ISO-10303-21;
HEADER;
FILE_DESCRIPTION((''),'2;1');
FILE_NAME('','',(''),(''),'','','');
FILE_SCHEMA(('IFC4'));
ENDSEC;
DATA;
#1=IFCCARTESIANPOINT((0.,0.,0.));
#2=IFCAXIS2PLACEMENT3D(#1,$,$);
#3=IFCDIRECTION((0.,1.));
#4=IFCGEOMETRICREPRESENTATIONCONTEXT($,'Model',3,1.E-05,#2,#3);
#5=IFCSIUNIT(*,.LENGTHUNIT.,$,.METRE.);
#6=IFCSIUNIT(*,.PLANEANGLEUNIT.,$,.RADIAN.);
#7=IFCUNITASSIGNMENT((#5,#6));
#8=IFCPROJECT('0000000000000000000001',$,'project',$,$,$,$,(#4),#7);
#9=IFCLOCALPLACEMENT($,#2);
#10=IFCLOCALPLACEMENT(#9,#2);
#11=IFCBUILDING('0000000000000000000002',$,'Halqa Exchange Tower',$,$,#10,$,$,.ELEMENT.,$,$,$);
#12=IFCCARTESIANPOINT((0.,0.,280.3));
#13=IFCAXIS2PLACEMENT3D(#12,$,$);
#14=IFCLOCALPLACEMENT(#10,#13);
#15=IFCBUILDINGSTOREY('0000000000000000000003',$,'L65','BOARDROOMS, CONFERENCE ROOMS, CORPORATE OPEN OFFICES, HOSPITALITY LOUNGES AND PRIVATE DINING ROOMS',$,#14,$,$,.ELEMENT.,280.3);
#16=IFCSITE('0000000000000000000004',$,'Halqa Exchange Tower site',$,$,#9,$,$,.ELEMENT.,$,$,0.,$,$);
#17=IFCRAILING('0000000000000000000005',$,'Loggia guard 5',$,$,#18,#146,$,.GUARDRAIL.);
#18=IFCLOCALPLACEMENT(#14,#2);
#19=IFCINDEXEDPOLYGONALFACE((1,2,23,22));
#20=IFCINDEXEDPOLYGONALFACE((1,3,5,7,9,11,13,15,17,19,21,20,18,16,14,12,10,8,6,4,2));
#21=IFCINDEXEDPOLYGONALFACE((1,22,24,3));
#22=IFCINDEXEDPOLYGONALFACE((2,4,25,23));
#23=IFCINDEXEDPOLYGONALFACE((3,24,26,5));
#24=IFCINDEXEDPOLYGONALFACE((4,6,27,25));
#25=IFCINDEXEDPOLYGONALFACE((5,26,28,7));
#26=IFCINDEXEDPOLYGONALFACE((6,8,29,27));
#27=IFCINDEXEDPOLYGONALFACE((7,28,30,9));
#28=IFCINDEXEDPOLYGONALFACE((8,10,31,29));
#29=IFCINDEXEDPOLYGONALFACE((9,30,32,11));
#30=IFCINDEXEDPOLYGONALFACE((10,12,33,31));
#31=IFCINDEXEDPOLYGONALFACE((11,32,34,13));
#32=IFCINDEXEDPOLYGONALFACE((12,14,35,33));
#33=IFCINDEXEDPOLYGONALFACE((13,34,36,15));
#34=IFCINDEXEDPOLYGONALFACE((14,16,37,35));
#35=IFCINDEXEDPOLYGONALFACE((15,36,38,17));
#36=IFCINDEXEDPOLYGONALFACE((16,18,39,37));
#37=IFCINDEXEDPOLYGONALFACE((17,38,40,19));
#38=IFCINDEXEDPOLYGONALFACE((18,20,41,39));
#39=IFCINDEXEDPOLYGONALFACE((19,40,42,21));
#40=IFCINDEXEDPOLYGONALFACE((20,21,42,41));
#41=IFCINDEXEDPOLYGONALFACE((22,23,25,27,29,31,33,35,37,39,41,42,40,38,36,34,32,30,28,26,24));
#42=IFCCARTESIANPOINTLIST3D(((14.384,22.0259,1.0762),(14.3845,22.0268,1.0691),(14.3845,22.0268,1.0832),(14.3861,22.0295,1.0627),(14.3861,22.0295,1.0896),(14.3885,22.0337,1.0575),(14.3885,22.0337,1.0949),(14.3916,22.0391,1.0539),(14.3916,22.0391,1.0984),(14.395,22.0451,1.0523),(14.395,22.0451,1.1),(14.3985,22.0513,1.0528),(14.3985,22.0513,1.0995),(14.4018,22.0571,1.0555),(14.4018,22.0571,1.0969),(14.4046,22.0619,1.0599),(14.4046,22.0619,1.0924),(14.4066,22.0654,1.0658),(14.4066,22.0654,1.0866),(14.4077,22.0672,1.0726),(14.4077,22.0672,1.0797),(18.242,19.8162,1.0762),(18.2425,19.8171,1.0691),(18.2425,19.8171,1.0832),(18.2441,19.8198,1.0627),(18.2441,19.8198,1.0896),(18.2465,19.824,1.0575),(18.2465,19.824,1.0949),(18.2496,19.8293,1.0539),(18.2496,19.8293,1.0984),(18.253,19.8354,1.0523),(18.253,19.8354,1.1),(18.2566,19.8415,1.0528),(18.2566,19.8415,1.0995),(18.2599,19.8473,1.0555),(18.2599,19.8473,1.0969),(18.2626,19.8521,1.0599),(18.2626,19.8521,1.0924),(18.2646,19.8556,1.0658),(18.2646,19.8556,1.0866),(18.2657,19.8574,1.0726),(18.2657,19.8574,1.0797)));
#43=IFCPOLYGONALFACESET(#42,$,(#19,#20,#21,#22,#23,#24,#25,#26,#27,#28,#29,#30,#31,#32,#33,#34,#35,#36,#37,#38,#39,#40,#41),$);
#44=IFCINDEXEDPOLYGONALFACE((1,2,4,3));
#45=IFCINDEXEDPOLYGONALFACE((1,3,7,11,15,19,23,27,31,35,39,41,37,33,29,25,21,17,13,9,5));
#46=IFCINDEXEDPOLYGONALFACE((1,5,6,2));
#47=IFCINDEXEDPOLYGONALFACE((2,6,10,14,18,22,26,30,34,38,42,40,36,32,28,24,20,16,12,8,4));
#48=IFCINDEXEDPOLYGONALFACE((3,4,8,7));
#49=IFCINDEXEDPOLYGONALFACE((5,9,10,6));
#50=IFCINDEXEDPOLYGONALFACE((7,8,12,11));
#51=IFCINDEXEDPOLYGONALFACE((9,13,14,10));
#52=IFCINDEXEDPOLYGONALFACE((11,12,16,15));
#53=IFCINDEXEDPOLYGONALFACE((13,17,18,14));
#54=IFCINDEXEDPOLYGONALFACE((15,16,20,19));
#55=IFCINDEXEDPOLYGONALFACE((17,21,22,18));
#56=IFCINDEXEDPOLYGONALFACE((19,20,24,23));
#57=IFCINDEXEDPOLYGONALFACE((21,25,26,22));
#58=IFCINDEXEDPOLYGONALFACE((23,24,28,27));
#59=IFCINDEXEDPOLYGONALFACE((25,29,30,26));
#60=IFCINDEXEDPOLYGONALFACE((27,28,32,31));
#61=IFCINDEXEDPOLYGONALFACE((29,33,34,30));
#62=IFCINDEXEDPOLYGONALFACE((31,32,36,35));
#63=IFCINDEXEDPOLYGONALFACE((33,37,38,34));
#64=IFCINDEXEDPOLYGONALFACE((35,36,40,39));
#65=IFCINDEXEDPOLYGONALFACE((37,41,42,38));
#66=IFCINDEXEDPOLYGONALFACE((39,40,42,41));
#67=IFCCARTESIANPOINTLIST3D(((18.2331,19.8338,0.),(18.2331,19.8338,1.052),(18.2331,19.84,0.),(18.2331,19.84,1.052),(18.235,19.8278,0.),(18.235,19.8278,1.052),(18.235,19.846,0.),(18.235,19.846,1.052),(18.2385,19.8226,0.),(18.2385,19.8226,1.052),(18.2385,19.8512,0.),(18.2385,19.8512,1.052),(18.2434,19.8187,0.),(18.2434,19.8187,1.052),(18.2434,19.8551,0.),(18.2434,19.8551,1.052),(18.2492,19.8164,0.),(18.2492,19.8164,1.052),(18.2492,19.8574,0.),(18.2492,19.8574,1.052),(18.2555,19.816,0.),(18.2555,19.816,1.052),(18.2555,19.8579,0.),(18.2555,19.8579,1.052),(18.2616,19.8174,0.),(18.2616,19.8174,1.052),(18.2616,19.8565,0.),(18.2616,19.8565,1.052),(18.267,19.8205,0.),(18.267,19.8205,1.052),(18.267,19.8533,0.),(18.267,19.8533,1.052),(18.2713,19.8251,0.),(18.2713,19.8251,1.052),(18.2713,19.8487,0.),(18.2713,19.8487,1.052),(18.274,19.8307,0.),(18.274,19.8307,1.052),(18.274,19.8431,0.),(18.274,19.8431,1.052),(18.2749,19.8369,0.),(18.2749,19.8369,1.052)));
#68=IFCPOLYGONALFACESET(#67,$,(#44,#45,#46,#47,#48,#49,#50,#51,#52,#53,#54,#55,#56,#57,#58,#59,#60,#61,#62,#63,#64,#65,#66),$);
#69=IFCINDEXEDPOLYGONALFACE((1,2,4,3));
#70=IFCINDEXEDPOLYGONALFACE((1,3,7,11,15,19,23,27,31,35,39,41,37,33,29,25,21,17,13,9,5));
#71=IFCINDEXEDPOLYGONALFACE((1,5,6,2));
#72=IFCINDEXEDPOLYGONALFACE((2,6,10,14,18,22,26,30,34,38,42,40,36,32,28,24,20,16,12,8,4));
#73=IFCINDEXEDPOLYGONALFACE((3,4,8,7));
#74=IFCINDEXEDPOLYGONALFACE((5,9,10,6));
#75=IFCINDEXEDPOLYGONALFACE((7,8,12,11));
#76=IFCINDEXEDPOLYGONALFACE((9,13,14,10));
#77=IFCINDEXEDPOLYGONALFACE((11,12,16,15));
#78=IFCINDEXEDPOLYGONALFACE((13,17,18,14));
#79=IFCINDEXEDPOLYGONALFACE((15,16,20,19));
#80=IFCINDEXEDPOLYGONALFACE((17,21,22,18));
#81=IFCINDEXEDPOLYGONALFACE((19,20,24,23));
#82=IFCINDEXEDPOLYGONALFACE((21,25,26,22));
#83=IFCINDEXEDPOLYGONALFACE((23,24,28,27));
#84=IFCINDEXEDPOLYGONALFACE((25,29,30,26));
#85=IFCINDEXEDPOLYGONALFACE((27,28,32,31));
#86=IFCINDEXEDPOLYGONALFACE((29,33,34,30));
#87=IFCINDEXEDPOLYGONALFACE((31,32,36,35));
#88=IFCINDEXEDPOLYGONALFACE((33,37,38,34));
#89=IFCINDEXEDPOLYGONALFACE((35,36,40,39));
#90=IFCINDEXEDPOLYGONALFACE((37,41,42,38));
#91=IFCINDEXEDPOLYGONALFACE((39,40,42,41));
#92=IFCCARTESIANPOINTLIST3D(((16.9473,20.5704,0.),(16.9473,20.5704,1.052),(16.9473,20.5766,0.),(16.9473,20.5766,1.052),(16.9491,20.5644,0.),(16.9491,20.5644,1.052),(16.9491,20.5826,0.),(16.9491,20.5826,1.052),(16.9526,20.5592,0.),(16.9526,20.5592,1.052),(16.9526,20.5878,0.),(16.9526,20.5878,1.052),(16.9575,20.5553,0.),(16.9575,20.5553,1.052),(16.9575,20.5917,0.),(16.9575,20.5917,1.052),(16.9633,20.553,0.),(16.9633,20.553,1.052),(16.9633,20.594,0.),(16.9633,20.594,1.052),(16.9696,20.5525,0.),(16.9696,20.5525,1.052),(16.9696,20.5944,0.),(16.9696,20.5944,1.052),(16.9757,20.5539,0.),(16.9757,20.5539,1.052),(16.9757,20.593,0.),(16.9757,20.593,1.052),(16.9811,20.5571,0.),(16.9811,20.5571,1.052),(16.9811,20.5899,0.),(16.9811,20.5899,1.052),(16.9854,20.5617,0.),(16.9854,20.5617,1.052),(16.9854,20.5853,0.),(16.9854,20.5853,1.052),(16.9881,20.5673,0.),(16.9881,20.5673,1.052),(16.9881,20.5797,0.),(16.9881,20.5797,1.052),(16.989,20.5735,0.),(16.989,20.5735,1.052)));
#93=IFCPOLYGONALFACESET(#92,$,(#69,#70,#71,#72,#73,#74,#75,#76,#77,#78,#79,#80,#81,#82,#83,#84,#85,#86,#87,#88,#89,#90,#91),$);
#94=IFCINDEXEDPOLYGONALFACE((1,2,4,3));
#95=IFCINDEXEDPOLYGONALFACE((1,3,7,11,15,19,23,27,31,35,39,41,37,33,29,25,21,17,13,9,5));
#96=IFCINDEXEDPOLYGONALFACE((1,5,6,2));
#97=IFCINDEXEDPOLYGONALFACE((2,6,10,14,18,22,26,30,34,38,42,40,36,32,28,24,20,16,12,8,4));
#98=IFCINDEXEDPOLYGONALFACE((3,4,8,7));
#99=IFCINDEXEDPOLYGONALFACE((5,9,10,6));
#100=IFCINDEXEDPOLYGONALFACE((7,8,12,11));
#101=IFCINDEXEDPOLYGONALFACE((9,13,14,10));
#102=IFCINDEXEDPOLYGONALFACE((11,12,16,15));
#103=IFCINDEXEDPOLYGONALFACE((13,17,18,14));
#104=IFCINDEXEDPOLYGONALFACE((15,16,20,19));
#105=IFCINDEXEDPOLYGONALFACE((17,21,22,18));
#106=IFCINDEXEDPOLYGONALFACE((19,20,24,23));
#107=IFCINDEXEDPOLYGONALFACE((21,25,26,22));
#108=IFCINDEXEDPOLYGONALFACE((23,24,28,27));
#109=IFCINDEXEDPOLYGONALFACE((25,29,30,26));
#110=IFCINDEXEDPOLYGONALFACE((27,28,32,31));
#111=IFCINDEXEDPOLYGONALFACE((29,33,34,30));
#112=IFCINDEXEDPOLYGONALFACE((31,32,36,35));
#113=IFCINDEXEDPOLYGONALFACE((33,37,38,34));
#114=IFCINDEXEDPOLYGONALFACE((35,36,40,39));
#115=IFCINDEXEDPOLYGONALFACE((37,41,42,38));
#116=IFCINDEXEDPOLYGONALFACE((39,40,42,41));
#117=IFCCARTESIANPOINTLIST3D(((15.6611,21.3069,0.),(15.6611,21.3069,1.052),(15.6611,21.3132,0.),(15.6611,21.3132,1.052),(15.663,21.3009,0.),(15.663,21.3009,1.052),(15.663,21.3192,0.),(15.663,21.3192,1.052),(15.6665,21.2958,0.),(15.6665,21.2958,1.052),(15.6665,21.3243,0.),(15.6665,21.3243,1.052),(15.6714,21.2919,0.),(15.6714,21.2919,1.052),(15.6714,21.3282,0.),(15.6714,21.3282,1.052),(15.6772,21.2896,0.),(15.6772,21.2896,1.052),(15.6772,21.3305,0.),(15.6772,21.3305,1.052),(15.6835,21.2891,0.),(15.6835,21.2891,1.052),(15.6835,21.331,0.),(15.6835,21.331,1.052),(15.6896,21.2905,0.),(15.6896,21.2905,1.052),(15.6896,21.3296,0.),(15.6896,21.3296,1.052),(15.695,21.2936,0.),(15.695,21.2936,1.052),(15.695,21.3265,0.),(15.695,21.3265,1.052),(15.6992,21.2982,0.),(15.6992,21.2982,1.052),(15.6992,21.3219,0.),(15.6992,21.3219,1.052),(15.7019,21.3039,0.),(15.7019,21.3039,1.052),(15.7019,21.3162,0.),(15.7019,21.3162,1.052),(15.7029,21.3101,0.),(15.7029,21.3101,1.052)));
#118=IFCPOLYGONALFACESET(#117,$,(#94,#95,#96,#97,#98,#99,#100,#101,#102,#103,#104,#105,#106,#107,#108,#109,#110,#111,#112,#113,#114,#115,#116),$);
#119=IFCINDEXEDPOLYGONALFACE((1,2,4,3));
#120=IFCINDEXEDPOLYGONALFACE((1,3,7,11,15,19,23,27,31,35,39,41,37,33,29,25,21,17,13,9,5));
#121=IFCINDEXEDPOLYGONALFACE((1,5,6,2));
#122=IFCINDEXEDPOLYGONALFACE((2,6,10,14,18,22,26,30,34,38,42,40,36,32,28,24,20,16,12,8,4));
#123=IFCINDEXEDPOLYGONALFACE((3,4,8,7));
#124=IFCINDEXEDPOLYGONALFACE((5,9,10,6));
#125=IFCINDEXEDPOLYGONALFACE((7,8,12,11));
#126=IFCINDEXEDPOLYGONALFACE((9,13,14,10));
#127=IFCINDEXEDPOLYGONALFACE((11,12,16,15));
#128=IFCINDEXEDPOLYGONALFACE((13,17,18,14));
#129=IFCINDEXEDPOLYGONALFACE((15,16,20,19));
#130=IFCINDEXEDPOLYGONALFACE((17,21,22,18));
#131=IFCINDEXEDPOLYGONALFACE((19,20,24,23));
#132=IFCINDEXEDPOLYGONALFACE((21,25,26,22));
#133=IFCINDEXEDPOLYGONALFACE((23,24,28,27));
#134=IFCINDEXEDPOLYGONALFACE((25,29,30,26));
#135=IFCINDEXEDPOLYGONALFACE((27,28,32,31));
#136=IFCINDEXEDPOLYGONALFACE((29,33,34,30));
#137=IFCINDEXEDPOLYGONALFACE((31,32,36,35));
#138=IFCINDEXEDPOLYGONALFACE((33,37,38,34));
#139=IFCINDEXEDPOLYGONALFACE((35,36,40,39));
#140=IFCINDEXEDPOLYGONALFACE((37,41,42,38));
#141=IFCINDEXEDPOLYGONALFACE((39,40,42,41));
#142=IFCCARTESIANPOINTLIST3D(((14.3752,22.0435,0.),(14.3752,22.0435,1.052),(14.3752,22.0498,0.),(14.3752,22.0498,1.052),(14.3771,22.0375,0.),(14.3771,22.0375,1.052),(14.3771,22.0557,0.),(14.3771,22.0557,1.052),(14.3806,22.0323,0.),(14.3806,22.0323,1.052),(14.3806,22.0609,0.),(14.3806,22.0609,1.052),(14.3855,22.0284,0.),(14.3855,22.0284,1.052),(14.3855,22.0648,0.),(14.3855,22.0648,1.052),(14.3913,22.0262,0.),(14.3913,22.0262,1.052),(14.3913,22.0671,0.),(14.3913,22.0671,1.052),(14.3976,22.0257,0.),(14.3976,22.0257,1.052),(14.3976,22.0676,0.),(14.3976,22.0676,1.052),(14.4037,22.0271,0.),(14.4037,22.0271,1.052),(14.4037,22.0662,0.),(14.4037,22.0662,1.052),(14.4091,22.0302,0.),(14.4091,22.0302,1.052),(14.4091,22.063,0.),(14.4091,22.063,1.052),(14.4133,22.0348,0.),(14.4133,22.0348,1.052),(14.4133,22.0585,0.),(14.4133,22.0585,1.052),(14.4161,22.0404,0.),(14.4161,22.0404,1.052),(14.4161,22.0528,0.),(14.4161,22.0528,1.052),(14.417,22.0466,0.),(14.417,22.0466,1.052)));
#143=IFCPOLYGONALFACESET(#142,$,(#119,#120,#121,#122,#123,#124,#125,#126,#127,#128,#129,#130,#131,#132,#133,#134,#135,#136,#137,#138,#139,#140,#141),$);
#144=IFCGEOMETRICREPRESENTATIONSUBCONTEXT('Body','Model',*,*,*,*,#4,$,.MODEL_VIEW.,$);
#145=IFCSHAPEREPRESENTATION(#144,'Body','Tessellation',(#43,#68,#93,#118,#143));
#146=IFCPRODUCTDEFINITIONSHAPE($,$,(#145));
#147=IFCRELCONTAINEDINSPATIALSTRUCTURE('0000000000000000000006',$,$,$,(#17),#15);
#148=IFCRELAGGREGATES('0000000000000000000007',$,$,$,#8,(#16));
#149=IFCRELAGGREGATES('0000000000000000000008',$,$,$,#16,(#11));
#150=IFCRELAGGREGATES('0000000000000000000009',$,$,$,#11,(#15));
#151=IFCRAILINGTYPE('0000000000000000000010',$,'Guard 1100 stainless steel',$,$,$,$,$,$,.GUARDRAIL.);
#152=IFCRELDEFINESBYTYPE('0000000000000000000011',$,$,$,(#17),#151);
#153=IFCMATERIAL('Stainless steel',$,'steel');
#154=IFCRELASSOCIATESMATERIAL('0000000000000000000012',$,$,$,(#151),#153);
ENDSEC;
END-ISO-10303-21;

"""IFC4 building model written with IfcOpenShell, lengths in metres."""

from ifc_helpers import new_model, si_unit, direction, frame, origin, origin_2d, place, context, subcontext, project, spatial, circle, extrude, material, type_object, element, save


model = new_model("IFC4")

# Units and contexts
model_context = context("Model", 3, precision=1e-05, world=origin(), true_north=direction((0.0, 1.0)))
body_context = subcontext(model_context, "Body", "Model", "MODEL_VIEW")
ifc_project = project(units=[si_unit("LENGTHUNIT", "METRE"), si_unit("PLANEANGLEUNIT", "RADIAN")], contexts=[model_context])

# Site, building, storey
site_placement = place(None, origin())
site = spatial("IfcSite", under=ifc_project, at=site_placement, Name="Halqa Exchange Tower site", CompositionType="ELEMENT", RefElevation=0.0)
building_placement = place(site_placement, origin())
building = spatial("IfcBuilding", under=site, at=building_placement, Name="Halqa Exchange Tower", CompositionType="ELEMENT")
storey_placement = place(building_placement, frame((0.0, 0.0, 280.3)))
storey = spatial("IfcBuildingStorey", under=building, at=storey_placement, Name="L65", Description="BOARDROOMS, CONFERENCE ROOMS, CORPORATE OPEN OFFICES, HOSPITALITY LOUNGES AND PRIVATE DINING ROOMS", CompositionType="ELEMENT", Elevation=280.3)

# Railing
ifc_material_1 = material(Name="Stainless steel", Category="steel")
railing_type = type_object("IfcRailingType", Name="Guard 1100 stainless steel", PredefinedType="GUARDRAIL", material=ifc_material_1)
railing_1_placement = place(storey_placement, frame((18.2539, 19.8369, 0.0)))
element("IfcRailing", 1, at=railing_1_placement, inside=storey, type_object=railing_type, Name="Loggia guard 5", PredefinedType="GUARDRAIL", context=body_context, shape_type="SweptSolid", body=[
    extrude(circle(Radius=0.0239, at=origin_2d()), frame((0.0, 0.0, 1.0762), z_axis=(-0.867739, 0.49702, 0.0), x_axis=(-0.49702, -0.867739, 0.0)), (0.0, 0.0, 1.0), 4.446),
    extrude(circle(Radius=0.021, at=origin_2d()), origin(), (0.0, 0.0, 1.0), 1.052),
    extrude(circle(Radius=0.021, at=origin_2d()), frame((-1.2859, 0.7366, 0.0)), (0.0, 0.0, 1.0), 1.052),
    extrude(circle(Radius=0.021, at=origin_2d()), frame((-2.572, 1.4731, 0.0)), (0.0, 0.0, 1.0), 1.052),
    extrude(circle(Radius=0.021, at=origin_2d()), frame((-3.8579, 2.2097, 0.0)), (0.0, 0.0, 1.0), 1.052),
])

save(model, "model.ifc")
